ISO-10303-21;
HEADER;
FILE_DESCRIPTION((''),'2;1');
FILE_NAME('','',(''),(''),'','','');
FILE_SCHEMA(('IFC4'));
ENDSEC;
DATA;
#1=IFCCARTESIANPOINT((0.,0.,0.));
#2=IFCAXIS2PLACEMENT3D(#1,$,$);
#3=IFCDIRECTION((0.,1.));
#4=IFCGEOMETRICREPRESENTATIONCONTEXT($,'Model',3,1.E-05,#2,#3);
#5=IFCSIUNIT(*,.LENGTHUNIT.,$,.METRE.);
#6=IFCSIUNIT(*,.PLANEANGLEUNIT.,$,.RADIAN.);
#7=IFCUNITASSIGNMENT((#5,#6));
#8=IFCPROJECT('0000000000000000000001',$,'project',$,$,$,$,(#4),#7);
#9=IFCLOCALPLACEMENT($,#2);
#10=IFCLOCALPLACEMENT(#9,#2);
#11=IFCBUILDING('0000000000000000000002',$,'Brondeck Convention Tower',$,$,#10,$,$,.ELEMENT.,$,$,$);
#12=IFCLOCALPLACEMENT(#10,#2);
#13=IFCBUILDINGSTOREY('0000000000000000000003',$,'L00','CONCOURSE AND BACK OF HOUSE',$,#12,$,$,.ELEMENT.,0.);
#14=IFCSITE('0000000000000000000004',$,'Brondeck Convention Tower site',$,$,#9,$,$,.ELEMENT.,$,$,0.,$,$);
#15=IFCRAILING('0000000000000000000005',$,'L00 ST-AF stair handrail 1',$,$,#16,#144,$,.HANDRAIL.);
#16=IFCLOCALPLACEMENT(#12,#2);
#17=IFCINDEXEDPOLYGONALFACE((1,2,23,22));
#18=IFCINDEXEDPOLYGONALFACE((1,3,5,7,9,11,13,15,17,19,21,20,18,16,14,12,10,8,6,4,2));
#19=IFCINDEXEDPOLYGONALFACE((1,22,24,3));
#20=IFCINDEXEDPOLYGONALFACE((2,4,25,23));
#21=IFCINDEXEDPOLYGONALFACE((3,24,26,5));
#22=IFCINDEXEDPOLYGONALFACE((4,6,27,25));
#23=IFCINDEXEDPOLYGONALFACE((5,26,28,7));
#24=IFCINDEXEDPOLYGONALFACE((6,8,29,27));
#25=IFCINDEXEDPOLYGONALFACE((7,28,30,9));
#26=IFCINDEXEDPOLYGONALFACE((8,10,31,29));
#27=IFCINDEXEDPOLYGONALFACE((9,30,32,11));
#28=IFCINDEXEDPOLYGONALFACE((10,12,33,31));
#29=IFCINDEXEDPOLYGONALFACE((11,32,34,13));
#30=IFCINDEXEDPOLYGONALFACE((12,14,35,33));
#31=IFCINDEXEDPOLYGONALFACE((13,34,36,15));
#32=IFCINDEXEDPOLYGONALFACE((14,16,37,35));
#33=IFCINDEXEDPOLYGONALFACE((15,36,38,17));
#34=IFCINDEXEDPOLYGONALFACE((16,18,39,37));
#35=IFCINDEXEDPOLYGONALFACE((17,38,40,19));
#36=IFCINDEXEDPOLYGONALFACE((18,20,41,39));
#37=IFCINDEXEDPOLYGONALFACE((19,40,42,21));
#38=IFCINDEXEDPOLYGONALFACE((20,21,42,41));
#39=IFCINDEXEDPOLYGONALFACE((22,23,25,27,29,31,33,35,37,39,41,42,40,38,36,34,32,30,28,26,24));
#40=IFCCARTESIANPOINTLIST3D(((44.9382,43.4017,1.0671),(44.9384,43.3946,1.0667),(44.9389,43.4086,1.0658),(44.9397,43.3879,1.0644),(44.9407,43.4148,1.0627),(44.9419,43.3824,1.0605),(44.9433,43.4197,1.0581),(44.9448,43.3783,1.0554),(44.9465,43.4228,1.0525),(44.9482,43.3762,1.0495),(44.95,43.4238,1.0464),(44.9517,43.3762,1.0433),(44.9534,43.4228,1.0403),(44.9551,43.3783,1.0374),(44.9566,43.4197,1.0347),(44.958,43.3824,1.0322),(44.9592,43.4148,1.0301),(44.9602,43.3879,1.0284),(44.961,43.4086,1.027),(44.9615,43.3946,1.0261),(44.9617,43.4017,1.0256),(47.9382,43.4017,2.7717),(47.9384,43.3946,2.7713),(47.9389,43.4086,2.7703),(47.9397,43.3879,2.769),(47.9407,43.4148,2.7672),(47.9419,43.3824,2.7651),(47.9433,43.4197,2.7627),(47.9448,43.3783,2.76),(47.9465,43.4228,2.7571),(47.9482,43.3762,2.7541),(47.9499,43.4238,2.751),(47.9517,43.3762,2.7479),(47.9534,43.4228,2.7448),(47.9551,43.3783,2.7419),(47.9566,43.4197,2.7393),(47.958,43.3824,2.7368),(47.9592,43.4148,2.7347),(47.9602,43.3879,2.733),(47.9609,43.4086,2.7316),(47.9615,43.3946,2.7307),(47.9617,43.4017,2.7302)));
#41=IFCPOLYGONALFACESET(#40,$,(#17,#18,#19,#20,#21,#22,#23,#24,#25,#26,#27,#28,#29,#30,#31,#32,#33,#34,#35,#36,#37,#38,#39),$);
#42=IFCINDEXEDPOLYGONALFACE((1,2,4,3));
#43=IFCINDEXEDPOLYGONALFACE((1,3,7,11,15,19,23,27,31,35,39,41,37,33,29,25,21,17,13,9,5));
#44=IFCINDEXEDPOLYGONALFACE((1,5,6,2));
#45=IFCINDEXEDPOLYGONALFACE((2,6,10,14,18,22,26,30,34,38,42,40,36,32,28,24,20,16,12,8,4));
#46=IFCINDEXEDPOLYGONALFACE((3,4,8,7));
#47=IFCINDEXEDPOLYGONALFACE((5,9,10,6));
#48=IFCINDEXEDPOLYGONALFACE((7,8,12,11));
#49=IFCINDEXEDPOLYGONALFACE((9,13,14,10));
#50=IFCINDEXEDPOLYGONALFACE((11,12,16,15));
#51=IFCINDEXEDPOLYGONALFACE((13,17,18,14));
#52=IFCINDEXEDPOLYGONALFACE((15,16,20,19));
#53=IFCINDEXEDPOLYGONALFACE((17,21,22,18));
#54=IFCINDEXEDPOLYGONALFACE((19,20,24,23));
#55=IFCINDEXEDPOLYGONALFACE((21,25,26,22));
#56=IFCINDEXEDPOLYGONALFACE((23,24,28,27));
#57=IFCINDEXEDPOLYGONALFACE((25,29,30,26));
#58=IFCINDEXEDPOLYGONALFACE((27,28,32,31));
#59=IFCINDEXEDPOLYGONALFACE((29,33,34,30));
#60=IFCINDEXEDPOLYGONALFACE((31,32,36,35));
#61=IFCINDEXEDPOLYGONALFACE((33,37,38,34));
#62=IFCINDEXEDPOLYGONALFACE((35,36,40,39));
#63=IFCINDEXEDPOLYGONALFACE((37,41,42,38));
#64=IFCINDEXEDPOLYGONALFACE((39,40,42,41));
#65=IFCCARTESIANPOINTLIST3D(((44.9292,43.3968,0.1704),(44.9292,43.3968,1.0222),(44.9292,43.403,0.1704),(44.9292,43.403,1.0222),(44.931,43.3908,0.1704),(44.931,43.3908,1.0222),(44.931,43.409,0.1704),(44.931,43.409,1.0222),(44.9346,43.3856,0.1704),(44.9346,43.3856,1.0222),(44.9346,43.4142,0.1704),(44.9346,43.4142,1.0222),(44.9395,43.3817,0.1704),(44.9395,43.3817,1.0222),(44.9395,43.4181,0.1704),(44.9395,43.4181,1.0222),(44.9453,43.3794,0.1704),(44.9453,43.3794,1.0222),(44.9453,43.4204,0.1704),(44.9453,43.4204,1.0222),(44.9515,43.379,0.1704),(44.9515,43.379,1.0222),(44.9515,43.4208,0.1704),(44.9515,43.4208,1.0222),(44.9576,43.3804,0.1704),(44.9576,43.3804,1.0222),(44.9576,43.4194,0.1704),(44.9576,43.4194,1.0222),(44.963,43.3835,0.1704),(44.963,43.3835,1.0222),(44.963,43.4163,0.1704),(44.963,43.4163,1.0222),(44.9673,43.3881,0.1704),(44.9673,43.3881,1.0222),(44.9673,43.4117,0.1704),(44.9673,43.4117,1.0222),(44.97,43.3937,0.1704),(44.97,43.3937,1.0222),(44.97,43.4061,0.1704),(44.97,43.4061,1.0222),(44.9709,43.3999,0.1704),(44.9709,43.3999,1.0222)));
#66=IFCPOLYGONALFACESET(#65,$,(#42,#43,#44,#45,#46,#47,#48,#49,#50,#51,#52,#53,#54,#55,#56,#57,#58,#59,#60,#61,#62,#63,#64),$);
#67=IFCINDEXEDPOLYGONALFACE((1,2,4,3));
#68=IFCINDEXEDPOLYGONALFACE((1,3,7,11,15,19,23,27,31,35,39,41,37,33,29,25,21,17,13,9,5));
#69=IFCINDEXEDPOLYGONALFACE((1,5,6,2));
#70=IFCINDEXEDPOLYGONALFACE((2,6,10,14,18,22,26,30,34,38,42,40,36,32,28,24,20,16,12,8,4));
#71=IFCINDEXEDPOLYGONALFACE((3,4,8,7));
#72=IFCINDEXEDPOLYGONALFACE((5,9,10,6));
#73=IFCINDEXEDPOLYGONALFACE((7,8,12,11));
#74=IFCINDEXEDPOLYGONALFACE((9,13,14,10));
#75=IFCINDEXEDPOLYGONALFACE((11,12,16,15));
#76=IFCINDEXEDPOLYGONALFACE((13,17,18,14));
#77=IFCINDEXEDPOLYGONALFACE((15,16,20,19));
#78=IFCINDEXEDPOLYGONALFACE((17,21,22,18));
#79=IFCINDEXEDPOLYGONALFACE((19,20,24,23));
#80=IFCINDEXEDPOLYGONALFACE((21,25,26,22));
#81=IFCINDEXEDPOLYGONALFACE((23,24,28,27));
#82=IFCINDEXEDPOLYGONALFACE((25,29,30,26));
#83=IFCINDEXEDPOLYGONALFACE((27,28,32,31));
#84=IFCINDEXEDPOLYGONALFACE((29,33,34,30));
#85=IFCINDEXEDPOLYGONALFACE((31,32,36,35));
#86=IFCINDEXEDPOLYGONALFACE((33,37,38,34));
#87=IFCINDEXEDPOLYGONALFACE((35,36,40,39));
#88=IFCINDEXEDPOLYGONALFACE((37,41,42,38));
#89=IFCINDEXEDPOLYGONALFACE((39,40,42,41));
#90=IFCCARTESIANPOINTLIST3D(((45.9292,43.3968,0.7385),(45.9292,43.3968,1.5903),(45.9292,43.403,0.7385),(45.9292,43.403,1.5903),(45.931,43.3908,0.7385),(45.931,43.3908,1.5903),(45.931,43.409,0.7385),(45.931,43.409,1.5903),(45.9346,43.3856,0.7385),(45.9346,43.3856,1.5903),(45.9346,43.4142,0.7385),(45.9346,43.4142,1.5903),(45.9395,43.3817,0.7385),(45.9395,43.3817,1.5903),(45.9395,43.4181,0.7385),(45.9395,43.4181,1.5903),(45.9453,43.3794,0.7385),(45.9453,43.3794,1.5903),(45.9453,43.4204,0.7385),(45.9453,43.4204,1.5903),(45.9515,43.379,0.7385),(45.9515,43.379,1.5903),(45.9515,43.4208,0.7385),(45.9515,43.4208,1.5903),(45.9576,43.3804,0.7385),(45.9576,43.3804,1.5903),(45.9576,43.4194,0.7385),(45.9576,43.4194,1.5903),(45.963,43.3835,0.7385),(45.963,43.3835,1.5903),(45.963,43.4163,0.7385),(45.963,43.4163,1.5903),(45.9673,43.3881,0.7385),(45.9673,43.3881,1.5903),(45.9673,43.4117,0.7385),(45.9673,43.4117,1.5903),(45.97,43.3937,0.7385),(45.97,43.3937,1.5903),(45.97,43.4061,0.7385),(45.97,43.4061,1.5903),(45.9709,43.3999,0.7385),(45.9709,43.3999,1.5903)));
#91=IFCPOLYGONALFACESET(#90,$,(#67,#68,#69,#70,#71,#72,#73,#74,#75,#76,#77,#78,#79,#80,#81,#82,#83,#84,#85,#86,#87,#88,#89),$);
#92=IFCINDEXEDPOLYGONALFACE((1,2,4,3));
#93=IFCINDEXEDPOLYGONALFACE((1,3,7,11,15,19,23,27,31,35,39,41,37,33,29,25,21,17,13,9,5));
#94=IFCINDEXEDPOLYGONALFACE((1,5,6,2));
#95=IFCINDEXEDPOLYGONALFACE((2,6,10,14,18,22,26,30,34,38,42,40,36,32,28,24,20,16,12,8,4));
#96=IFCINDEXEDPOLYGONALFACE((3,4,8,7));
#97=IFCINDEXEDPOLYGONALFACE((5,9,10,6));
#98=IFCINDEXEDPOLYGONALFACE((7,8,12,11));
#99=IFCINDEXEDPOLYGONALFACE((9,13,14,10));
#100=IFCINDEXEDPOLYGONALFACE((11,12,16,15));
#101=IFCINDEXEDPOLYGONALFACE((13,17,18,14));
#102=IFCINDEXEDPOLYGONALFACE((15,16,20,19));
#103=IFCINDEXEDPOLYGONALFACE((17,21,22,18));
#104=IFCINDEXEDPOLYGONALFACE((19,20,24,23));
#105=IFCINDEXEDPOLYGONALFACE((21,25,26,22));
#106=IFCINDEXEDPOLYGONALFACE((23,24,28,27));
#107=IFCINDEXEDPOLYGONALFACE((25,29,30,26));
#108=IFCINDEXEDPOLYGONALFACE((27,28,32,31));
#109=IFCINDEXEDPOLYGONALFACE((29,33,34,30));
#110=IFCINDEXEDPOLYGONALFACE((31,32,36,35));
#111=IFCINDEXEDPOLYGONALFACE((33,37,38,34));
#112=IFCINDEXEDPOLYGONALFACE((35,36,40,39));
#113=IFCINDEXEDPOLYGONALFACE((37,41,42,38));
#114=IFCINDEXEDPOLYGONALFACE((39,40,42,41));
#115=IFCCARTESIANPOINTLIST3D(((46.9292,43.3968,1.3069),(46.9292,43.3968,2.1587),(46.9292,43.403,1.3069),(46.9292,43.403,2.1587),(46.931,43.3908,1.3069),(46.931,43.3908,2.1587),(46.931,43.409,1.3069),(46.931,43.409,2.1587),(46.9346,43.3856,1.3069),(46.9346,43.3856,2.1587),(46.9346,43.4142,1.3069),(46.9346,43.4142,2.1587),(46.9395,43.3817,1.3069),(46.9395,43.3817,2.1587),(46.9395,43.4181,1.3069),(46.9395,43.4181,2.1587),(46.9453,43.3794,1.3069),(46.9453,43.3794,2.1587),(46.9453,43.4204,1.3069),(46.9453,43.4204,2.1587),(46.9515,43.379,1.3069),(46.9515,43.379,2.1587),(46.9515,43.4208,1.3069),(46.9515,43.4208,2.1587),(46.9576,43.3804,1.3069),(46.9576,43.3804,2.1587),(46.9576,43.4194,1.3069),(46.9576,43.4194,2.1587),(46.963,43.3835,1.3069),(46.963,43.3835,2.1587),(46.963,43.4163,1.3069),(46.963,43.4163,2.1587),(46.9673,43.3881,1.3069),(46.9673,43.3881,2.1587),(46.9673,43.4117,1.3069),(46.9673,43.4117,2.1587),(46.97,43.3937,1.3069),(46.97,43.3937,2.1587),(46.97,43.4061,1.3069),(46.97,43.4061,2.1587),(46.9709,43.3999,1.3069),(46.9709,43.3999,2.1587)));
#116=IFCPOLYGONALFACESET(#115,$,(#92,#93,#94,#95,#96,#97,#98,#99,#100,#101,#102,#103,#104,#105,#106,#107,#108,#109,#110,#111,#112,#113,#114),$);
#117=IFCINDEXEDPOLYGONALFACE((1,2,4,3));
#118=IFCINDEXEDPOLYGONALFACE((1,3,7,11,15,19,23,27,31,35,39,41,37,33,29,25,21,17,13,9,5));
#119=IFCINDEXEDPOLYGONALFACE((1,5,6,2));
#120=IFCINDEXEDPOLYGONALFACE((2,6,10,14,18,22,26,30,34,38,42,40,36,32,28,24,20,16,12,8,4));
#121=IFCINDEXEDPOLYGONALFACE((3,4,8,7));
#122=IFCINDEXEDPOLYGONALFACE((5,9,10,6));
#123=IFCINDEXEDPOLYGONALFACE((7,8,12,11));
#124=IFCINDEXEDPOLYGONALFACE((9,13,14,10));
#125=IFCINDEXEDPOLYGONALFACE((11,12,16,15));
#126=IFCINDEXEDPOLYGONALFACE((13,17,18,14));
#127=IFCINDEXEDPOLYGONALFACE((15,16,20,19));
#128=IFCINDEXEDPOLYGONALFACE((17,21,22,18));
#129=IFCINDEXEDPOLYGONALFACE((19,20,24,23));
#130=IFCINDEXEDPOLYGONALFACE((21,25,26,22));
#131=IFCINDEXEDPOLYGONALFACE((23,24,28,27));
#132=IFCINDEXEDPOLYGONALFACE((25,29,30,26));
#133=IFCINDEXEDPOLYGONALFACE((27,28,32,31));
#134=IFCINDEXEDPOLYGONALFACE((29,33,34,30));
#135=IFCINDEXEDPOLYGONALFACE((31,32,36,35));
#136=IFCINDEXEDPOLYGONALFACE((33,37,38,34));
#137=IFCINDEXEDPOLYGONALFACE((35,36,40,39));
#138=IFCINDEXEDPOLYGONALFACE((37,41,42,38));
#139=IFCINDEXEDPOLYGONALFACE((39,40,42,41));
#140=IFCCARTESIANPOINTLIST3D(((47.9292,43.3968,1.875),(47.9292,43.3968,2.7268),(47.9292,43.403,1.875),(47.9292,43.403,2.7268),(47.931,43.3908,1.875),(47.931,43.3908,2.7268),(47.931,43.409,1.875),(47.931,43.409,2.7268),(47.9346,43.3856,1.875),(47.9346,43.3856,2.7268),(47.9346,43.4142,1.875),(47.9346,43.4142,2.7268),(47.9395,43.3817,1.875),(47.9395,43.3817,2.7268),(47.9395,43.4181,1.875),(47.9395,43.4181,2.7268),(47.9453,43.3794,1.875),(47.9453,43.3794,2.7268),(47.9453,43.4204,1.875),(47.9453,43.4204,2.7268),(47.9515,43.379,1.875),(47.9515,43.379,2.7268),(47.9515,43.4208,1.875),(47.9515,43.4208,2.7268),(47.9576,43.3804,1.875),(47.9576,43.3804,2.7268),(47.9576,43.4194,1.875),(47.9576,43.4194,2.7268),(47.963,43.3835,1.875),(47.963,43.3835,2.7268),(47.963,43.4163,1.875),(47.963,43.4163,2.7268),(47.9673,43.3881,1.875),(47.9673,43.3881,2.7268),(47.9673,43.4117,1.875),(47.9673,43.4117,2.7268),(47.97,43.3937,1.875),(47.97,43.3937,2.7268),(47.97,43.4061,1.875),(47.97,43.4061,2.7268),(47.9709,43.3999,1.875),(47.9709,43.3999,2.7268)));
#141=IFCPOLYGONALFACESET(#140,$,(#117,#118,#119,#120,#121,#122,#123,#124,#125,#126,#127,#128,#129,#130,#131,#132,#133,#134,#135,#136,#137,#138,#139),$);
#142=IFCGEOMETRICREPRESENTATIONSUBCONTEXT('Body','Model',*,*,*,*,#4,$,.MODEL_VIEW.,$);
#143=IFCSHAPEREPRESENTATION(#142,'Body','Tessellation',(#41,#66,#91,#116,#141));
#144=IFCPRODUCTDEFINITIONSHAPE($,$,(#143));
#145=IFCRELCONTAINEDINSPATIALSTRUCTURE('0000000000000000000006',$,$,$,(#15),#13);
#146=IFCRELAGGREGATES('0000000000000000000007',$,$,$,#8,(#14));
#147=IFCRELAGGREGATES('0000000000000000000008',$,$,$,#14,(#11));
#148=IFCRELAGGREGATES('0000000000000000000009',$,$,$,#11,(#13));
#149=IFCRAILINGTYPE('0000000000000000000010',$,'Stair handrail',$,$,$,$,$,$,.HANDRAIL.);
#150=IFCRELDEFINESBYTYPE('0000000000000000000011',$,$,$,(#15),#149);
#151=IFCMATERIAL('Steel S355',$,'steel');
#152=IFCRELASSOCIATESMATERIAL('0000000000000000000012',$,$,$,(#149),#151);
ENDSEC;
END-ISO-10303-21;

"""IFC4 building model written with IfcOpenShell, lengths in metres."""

from ifc_helpers import new_model, si_unit, direction, frame, origin, origin_2d, place, context, subcontext, project, spatial, circle, extrude, material, type_object, element, save


model = new_model("IFC4")

# Units and contexts
model_context = context("Model", 3, precision=1e-05, world=origin(), true_north=direction((0.0, 1.0)))
body_context = subcontext(model_context, "Body", "Model", "MODEL_VIEW")
ifc_project = project(units=[si_unit("LENGTHUNIT", "METRE"), si_unit("PLANEANGLEUNIT", "RADIAN")], contexts=[model_context])

# Site, building, storey
site_placement = place(None, origin())
site = spatial("IfcSite", under=ifc_project, at=site_placement, Name="Brondeck Convention Tower site", CompositionType="ELEMENT", RefElevation=0.0)
building_placement = place(site_placement, origin())
building = spatial("IfcBuilding", under=site, at=building_placement, Name="Brondeck Convention Tower", CompositionType="ELEMENT")
storey_placement = place(building_placement, origin())
storey = spatial("IfcBuildingStorey", under=building, at=storey_placement, Name="L00", Description="CONCOURSE AND BACK OF HOUSE", CompositionType="ELEMENT", Elevation=0.0)

# Shared definitions
ifc_material_1 = material(Name="Steel S355", Category="steel")

# Railing
railing_type_1 = type_object("IfcRailingType", Name="Stair handrail", PredefinedType="HANDRAIL", material=ifc_material_1)
railing_1_placement = place(storey_placement, frame((44.95, 43.3999, 0.1704)))
element("IfcRailing", 1, at=railing_1_placement, inside=storey, type_object=railing_type_1, Name="L00 ST-AF stair handrail 1", PredefinedType="HANDRAIL", context=body_context, shape_type="SweptSolid", body=[
    extrude(circle(Radius=0.0239, at=origin_2d()), frame((0.0, 0.0, 0.876), z_axis=(0.869451, 0.0, 0.494019), x_axis=(0.0, 1.0, 0.0)), (0.0, 0.0, 1.0), 3.4504),
    extrude(circle(Radius=0.021, at=origin_2d()), origin(), (0.0, 0.0, 1.0), 0.8518),
    extrude(circle(Radius=0.021, at=origin_2d()), frame((1.0, 0.0, 0.5681)), (0.0, 0.0, 1.0), 0.8518),
    extrude(circle(Radius=0.021, at=origin_2d()), frame((2.0, 0.0, 1.1365)), (0.0, 0.0, 1.0), 0.8518),
    extrude(circle(Radius=0.021, at=origin_2d()), frame((3.0, 0.0, 1.7046)), (0.0, 0.0, 1.0), 0.8518),
])

save(model, "model.ifc")
